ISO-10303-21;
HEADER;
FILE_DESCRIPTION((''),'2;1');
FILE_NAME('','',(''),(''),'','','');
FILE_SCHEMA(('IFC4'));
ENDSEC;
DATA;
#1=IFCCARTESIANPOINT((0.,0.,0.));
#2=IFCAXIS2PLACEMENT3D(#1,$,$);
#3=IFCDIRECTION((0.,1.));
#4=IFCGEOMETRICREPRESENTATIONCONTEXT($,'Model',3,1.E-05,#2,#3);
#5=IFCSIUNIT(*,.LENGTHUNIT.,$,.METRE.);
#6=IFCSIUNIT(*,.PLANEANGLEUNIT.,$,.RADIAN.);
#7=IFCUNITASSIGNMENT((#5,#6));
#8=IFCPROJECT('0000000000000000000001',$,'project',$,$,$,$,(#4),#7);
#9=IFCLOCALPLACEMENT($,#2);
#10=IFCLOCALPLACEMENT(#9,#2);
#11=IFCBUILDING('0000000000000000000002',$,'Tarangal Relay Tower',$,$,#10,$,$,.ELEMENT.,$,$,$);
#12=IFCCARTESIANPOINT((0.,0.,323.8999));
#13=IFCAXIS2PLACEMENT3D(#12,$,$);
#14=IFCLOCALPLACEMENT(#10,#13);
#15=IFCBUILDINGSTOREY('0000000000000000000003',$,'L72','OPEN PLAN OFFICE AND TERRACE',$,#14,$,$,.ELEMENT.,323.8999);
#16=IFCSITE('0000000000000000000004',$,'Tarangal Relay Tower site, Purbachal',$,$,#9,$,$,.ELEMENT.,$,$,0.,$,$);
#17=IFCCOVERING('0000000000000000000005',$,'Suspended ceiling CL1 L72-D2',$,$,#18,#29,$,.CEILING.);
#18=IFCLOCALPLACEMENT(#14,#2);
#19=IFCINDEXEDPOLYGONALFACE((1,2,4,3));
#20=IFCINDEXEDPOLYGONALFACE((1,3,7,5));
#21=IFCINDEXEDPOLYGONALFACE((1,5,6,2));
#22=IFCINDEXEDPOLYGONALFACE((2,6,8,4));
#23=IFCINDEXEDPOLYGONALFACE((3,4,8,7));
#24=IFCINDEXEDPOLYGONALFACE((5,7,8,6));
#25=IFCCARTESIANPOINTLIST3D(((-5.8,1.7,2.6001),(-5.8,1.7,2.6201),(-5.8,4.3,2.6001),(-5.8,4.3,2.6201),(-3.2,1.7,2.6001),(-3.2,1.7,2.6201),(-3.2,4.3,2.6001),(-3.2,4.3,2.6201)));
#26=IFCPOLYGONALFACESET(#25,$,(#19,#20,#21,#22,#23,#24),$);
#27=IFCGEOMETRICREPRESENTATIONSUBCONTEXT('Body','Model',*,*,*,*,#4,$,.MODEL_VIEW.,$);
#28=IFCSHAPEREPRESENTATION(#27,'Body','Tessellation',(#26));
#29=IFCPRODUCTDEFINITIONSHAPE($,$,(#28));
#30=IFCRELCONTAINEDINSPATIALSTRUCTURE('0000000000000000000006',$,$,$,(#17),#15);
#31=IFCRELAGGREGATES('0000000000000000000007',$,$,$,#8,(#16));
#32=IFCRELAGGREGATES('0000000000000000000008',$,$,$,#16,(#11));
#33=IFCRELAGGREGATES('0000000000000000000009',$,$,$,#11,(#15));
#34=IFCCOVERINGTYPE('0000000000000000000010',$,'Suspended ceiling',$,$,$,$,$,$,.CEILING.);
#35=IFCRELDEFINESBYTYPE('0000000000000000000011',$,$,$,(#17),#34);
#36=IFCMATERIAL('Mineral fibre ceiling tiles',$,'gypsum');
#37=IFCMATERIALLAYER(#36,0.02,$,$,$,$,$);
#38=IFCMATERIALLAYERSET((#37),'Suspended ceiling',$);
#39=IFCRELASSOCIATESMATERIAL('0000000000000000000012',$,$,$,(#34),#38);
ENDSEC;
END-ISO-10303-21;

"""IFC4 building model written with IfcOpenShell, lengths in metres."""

from ifc_helpers import new_model, si_unit, direction, frame, origin, place, context, subcontext, project, spatial, polyline, outline, extrude, material, layer, layer_set, type_object, element, save


model = new_model("IFC4")

# Units and contexts
model_context = context("Model", 3, precision=1e-05, world=origin(), true_north=direction((0.0, 1.0)))
body_context = subcontext(model_context, "Body", "Model", "MODEL_VIEW")
ifc_project = project(units=[si_unit("LENGTHUNIT", "METRE"), si_unit("PLANEANGLEUNIT", "RADIAN")], contexts=[model_context])

# Site, building, storey
site_placement = place(None, origin())
site = spatial("IfcSite", under=ifc_project, at=site_placement, Name="Tarangal Relay Tower site, Purbachal", CompositionType="ELEMENT", RefElevation=0.0)
building_placement = place(site_placement, origin())
building = spatial("IfcBuilding", under=site, at=building_placement, Name="Tarangal Relay Tower", CompositionType="ELEMENT")
storey_placement = place(building_placement, frame((0.0, 0.0, 323.8999)))
storey = spatial("IfcBuildingStorey", under=building, at=storey_placement, Name="L72", Description="OPEN PLAN OFFICE AND TERRACE", CompositionType="ELEMENT", Elevation=323.8999)

# Covering
ifc_material_1 = material(Name="Mineral fibre ceiling tiles", Category="gypsum")
ifc_layer_1 = layer(ifc_material_1, 0.02)
ifc_layer_set_1 = layer_set([ifc_layer_1], Name="Suspended ceiling")
covering_type_1 = type_object("IfcCoveringType", Name="Suspended ceiling", PredefinedType="CEILING", material=ifc_layer_set_1)
covering_1_placement = place(storey_placement, frame((0.0, 0.0, 2.6001)))
element("IfcCovering", 1, at=covering_1_placement, inside=storey, type_object=covering_type_1, Name="Suspended ceiling CL1 L72-D2", PredefinedType="CEILING", context=body_context, shape_type="SweptSolid", body=[
    extrude(outline(polyline([(-5.8, 1.7), (-3.2, 1.7), (-3.2, 4.3), (-5.8, 4.3), (-5.8, 1.7)])), origin(), (0.0, 0.0, 1.0), 0.02),
])

save(model, "model.ifc")
